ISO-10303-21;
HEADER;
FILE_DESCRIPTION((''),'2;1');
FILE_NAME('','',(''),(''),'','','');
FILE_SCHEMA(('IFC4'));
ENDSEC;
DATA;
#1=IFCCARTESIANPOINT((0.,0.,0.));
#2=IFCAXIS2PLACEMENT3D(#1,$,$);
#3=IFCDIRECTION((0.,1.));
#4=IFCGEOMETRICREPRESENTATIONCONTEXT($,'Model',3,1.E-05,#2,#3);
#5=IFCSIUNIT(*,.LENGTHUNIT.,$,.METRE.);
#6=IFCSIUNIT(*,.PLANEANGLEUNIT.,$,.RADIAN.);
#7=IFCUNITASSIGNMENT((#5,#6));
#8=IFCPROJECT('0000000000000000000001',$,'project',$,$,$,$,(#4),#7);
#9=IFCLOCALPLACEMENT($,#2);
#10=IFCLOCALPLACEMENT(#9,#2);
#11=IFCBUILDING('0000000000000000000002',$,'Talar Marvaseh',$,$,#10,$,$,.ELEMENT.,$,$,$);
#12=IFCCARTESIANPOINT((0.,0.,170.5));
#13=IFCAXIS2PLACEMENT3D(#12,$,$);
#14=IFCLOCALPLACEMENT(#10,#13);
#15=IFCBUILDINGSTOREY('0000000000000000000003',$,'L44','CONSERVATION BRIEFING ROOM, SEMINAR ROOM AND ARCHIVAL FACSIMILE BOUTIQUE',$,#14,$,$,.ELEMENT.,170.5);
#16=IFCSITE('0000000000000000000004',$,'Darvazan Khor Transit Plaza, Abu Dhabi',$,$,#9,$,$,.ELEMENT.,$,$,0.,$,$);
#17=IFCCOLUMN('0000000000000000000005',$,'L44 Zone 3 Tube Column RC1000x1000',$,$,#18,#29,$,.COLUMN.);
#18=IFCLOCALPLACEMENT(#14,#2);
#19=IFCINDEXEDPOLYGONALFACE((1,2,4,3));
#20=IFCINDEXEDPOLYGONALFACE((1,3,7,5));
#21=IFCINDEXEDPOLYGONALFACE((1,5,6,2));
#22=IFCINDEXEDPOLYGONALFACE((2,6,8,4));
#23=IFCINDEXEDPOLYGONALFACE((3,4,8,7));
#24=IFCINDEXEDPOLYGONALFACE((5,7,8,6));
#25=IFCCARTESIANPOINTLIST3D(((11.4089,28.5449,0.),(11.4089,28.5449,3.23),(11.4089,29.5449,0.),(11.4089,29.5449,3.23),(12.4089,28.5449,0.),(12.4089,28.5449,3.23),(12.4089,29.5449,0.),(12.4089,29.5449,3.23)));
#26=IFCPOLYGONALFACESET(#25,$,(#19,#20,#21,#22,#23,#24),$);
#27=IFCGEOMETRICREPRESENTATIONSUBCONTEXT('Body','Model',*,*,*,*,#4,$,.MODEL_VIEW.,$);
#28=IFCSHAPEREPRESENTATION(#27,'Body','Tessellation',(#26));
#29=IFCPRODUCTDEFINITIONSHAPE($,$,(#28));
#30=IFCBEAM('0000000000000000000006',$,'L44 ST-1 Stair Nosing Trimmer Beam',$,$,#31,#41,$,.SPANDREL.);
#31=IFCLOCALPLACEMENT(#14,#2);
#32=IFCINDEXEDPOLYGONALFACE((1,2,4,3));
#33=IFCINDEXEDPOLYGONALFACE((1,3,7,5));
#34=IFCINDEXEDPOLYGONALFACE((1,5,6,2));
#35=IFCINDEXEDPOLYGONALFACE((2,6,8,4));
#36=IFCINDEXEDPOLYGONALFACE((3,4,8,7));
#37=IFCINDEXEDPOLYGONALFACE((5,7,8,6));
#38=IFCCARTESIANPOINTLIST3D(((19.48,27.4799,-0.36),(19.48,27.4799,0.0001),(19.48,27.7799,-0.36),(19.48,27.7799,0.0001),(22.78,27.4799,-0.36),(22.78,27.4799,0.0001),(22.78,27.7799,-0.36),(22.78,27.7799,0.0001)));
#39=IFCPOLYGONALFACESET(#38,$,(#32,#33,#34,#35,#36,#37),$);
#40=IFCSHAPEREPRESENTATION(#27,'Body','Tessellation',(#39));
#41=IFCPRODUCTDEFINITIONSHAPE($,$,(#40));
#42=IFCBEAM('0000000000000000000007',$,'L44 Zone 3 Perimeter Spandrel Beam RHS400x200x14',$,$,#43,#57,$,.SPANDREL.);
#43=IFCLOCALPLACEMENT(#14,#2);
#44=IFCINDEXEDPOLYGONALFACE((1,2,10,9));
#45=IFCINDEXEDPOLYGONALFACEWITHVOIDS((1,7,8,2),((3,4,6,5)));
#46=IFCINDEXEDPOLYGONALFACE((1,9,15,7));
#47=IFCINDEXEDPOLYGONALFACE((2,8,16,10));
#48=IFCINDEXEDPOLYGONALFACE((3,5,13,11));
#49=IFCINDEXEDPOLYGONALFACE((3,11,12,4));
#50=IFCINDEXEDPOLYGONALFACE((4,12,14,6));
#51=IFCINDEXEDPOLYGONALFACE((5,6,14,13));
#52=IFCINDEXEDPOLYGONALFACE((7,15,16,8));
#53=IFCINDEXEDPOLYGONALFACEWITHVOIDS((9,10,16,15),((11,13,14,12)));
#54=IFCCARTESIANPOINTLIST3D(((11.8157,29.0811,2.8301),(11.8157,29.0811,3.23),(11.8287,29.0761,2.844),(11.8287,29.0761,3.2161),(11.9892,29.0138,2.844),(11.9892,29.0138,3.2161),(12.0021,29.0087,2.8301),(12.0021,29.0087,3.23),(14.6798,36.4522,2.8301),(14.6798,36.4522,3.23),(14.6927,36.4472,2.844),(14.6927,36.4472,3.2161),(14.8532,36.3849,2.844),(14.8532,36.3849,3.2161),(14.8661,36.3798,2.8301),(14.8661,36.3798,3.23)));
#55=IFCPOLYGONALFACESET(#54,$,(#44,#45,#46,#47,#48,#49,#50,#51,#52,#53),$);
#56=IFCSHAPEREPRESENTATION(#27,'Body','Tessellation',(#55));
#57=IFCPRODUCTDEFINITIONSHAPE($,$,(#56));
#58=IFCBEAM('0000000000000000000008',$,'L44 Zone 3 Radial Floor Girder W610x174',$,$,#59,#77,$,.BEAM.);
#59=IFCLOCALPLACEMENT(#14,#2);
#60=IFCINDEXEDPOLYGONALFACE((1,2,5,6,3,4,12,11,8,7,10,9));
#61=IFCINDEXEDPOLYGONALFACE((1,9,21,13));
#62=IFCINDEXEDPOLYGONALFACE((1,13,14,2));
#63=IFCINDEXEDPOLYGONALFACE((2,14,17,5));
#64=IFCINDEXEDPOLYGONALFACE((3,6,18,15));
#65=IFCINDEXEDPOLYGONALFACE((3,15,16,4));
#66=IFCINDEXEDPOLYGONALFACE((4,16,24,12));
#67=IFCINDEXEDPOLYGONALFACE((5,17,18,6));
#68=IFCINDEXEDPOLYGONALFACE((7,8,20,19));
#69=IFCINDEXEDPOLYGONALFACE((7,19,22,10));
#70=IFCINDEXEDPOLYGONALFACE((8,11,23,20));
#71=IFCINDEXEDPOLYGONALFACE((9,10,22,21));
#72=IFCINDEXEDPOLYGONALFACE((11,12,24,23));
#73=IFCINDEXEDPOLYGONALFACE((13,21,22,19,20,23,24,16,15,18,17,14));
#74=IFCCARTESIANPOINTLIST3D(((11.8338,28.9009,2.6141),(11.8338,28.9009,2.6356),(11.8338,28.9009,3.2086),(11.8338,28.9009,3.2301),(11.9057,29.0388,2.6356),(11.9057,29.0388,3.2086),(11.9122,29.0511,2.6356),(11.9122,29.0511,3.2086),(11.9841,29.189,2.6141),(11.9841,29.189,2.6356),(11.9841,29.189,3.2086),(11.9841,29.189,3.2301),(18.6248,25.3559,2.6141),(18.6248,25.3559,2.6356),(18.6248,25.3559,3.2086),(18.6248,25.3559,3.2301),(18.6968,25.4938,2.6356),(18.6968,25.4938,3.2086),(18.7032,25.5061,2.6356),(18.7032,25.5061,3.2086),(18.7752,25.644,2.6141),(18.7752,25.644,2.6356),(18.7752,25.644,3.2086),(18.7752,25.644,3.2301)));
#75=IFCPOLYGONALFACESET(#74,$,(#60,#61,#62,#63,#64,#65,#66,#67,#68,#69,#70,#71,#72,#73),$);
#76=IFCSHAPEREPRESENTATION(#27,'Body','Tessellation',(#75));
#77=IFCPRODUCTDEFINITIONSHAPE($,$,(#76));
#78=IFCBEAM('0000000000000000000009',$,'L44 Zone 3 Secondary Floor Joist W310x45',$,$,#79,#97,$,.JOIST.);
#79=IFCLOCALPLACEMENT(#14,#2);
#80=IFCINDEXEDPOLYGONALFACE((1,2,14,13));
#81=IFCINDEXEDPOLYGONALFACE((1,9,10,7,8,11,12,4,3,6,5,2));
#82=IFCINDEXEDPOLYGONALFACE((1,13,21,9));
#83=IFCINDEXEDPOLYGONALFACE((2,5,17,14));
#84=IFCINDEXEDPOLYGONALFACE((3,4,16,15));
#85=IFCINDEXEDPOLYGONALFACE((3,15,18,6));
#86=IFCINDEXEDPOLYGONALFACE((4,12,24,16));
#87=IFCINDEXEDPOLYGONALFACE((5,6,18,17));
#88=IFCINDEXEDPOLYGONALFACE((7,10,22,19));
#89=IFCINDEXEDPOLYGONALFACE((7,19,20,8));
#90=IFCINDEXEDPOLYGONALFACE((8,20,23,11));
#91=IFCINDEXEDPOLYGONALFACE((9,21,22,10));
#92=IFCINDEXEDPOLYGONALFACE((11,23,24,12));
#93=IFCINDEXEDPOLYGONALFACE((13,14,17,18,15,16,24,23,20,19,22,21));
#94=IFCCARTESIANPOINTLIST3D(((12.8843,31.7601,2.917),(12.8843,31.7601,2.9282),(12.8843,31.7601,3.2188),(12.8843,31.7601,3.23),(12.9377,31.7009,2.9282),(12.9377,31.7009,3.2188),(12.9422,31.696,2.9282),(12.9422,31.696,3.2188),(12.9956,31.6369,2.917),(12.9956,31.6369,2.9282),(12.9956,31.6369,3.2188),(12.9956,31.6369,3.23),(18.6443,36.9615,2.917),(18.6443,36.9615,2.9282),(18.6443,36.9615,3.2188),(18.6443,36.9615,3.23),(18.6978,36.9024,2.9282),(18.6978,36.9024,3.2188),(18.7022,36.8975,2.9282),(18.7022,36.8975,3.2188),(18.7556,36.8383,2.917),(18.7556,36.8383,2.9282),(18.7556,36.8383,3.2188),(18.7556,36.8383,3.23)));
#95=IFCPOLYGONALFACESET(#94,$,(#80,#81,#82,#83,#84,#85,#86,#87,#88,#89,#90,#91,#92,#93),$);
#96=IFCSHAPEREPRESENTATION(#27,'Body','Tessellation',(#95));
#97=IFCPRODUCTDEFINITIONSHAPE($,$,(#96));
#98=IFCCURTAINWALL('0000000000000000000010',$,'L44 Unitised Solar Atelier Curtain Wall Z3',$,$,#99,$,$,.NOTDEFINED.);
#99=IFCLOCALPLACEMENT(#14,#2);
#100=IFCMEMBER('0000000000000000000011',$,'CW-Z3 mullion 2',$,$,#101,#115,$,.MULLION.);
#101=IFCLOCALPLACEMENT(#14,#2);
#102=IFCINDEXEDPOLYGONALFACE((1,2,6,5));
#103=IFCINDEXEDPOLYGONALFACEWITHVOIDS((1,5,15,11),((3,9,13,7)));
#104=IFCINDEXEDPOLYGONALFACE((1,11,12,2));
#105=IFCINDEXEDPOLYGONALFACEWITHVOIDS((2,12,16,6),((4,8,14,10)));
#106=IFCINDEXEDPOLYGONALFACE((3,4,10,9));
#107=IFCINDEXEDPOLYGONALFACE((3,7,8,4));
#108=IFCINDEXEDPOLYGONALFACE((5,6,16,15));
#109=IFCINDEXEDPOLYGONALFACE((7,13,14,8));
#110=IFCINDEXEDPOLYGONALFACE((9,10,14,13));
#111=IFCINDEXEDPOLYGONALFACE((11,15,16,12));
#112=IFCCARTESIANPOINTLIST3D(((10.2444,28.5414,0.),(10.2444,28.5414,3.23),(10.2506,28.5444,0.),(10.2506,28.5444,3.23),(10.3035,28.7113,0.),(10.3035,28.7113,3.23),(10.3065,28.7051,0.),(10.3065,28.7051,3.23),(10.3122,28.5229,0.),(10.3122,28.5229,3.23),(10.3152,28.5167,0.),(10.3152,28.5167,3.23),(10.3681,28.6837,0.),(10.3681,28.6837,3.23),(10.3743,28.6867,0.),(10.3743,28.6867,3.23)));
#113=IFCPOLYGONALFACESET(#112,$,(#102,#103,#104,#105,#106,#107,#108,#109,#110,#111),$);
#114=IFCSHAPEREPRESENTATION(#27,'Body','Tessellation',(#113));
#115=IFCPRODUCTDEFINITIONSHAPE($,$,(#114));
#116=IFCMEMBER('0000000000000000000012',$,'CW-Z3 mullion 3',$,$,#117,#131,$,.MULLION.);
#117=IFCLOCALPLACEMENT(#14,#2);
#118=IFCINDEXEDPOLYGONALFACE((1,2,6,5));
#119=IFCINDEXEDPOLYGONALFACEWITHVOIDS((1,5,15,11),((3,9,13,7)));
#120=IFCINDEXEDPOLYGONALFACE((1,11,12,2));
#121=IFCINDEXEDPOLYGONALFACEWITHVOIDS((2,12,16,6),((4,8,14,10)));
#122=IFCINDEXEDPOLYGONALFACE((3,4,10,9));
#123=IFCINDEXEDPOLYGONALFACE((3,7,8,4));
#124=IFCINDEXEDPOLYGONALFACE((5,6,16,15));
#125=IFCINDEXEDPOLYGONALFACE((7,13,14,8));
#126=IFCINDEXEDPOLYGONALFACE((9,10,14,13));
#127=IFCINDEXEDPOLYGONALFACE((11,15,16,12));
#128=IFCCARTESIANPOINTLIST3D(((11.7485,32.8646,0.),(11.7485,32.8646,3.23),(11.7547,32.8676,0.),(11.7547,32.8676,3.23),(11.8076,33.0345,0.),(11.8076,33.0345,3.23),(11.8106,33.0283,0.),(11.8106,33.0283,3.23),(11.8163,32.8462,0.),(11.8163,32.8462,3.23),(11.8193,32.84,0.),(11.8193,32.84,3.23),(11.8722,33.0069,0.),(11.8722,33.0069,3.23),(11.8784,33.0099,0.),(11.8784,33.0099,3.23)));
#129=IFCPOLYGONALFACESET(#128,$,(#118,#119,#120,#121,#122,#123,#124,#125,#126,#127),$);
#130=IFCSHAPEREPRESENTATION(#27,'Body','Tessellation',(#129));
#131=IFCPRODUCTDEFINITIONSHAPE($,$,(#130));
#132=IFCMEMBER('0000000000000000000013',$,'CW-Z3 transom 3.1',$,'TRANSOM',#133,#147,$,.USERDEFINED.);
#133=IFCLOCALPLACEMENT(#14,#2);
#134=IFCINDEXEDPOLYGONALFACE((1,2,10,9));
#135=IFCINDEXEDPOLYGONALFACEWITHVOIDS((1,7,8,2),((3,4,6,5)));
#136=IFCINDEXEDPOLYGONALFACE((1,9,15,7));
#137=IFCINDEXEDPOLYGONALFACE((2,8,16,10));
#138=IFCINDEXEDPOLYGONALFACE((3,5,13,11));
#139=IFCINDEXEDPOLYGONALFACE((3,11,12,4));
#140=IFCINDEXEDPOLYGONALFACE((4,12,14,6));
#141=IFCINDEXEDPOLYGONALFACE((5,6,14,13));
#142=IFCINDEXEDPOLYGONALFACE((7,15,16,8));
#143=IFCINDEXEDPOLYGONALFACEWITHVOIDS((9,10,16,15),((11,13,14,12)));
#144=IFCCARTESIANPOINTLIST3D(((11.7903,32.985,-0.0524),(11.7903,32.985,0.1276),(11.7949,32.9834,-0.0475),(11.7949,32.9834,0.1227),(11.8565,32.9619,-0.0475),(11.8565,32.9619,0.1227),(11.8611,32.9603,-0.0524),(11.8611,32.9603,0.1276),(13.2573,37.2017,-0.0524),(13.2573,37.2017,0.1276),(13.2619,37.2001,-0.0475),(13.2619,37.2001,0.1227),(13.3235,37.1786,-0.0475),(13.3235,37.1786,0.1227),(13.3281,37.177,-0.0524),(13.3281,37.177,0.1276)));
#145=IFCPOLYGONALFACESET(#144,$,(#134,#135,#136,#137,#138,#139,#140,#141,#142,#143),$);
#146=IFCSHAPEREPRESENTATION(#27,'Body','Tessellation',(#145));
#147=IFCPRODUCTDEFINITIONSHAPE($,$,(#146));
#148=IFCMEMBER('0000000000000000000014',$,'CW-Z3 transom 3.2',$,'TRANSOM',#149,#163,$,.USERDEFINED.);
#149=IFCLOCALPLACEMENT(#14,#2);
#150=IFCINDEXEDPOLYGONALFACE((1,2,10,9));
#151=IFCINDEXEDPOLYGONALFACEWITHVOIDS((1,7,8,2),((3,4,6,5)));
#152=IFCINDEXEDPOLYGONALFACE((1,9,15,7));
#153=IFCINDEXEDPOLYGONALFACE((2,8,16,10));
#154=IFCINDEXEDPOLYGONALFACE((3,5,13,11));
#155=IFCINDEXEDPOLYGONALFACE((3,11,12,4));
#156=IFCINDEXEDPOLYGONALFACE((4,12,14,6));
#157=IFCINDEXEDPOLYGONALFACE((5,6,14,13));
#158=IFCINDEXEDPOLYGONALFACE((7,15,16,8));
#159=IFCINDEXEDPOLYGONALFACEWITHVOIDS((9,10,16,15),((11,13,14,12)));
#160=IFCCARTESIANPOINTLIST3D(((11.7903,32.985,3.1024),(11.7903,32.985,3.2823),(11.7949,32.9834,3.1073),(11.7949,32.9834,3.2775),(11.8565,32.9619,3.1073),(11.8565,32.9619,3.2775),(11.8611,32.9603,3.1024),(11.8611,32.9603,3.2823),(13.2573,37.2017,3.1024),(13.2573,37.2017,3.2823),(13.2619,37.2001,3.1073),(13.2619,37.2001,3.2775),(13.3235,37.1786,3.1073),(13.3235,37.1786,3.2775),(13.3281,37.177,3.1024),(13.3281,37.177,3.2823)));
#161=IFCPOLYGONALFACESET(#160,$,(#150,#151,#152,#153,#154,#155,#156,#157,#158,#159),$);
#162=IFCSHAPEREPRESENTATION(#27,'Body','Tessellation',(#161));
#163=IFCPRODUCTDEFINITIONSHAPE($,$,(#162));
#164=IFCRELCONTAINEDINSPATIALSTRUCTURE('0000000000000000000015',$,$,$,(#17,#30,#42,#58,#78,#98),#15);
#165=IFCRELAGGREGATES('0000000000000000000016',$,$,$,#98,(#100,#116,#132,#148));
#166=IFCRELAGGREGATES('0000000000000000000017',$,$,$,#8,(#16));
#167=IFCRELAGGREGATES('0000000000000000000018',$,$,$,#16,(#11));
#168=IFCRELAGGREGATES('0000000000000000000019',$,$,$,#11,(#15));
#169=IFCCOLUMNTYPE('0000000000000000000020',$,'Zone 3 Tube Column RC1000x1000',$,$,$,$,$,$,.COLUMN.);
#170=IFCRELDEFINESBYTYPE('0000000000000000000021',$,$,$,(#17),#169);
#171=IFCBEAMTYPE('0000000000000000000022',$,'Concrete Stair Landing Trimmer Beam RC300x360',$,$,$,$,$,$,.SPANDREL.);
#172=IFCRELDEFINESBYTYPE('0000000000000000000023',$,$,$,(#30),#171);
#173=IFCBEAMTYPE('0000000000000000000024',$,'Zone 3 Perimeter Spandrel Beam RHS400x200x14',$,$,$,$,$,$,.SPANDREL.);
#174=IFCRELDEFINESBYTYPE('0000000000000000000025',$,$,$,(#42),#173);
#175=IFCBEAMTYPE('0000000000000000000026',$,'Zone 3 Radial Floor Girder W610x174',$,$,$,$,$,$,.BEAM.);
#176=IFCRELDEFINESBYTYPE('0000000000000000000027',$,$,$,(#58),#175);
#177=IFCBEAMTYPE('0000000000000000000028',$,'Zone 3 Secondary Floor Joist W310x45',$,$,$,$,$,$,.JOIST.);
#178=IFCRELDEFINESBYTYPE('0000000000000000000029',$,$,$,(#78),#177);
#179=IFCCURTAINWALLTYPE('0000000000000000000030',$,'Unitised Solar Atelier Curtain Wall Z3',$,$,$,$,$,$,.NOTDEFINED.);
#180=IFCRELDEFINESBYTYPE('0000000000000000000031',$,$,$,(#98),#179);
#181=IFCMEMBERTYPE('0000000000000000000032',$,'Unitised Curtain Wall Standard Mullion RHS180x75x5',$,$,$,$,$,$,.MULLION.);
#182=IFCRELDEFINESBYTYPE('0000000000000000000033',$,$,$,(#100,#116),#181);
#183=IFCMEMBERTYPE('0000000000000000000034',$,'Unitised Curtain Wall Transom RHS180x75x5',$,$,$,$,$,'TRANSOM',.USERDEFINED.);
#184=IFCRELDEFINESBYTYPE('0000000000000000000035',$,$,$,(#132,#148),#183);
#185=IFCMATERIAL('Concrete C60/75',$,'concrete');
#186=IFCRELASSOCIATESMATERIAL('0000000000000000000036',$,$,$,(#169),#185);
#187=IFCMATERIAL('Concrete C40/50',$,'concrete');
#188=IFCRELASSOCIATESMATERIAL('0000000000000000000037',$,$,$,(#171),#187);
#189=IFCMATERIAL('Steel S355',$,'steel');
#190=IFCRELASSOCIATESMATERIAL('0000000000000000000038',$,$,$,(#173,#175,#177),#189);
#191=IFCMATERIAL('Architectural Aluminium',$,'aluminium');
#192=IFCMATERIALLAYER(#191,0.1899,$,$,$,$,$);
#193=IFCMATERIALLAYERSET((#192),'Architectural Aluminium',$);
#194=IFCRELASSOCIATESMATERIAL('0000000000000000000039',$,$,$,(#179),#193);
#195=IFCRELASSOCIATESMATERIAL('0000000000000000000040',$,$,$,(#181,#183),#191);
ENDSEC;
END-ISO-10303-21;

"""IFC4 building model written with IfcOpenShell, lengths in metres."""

from ifc_helpers import new_model, si_unit, direction, frame, origin, origin_2d, place, context, subcontext, project, spatial, rectangle, hollow_rectangle, i_section, extrude, source, transform, mapped, material, layer, layer_set, material_profile, profile_set, type_object, type_shapes, element, aggregate, save


model = new_model("IFC4")

# Units and contexts
model_context = context("Model", 3, precision=1e-05, world=origin(), true_north=direction((0.0, 1.0)))
body_context = subcontext(model_context, "Body", "Model", "MODEL_VIEW")
ifc_project = project(units=[si_unit("LENGTHUNIT", "METRE"), si_unit("PLANEANGLEUNIT", "RADIAN")], contexts=[model_context])

# Site, building, storey
site_placement = place(None, origin())
site = spatial("IfcSite", under=ifc_project, at=site_placement, Name="Darvazan Khor Transit Plaza, Abu Dhabi", CompositionType="ELEMENT", RefElevation=0.0)
building_placement = place(site_placement, origin())
building = spatial("IfcBuilding", under=site, at=building_placement, Name="Talar Marvaseh", CompositionType="ELEMENT")
storey_placement = place(building_placement, frame((0.0, 0.0, 170.5)))
storey = spatial("IfcBuildingStorey", under=building, at=storey_placement, Name="L44", Description="CONSERVATION BRIEFING ROOM, SEMINAR ROOM AND ARCHIVAL FACSIMILE BOUTIQUE", CompositionType="ELEMENT", Elevation=170.5)

# Column
ifc_material_1 = material(Name="Concrete C60/75", Category="concrete")
ifc_material_profile_1 = material_profile(ifc_material_1, rectangle(XDim=1.0, YDim=1.0, at=origin_2d()), Name="RC1000x1000")
ifc_profile_set_1 = profile_set([ifc_material_profile_1], Name="Concrete C60/75")
column_type = type_object("IfcColumnType", Name="Zone 3 Tube Column RC1000x1000", PredefinedType="COLUMN", material=ifc_profile_set_1)
column_placement = place(storey_placement, frame((11.9089, 29.0449, 0.0), z_axis=(0.0, 0.0, 1.0), x_axis=(1.0, 0.0, 0.0)))
element("IfcColumn", 1, at=column_placement, inside=storey, type_object=column_type, Name="L44 Zone 3 Tube Column RC1000x1000", PredefinedType="COLUMN", context=body_context, shape_type="SweptSolid", body=[
    extrude(rectangle(XDim=1.0, YDim=1.0, at=origin_2d()), origin(), (0.0, 0.0, 1.0), 3.23),
])

# Beams
ifc_material_2 = material(Name="Concrete C40/50", Category="concrete")
ifc_material_profile_2 = material_profile(ifc_material_2, rectangle(XDim=0.3, YDim=0.3601, at=origin_2d()), Name="RC300x360")
ifc_profile_set_2 = profile_set([ifc_material_profile_2], Name="Concrete C40/50")
beam_type_1 = type_object("IfcBeamType", Name="Concrete Stair Landing Trimmer Beam RC300x360", PredefinedType="SPANDREL", material=ifc_profile_set_2)
beam_1_placement = place(storey_placement, frame((22.78, 27.6299, -0.1799), z_axis=(-1.0, 0.0, 0.0), x_axis=(0.0, -1.0, 0.0)))
element("IfcBeam", 2, at=beam_1_placement, inside=storey, type_object=beam_type_1, Name="L44 ST-1 Stair Nosing Trimmer Beam", PredefinedType="SPANDREL", context=body_context, shape_type="SweptSolid", body=[
    extrude(rectangle(XDim=0.3, YDim=0.3601, at=origin_2d()), origin(), (0.0, 0.0, 1.0), 3.3),
])
ifc_material_3 = material(Name="Steel S355", Category="steel")
ifc_material_profile_3 = material_profile(ifc_material_3, hollow_rectangle(XDim=0.2, YDim=0.3999, WallThickness=0.0139, at=origin_2d()), Name="RHS400x200x14")
ifc_profile_set_3 = profile_set([ifc_material_profile_3], Name="Steel S355")
beam_type_2 = type_object("IfcBeamType", Name="Zone 3 Perimeter Spandrel Beam RHS400x200x14", PredefinedType="SPANDREL", material=ifc_profile_set_3)
beam_2_placement = place(storey_placement, frame((11.9089, 29.0449, 3.03), z_axis=(0.362169, 0.932112, 0.0), x_axis=(-0.932112, 0.362169, 0.0)))
element("IfcBeam", 3, at=beam_2_placement, inside=storey, type_object=beam_type_2, Name="L44 Zone 3 Perimeter Spandrel Beam RHS400x200x14", PredefinedType="SPANDREL", context=body_context, shape_type="SweptSolid", body=[
    extrude(hollow_rectangle(XDim=0.2, YDim=0.3999, WallThickness=0.0139, at=origin_2d()), origin(), (0.0, 0.0, 1.0), 7.908),
])
ifc_material_profile_4 = material_profile(ifc_material_3, i_section(OverallWidth=0.325, OverallDepth=0.616, WebThickness=0.0139, FlangeThickness=0.0215, at=origin_2d()), Name="W610x174")
ifc_profile_set_4 = profile_set([ifc_material_profile_4], Name="Steel S355")
beam_type_3 = type_object("IfcBeamType", Name="Zone 3 Radial Floor Girder W610x174", PredefinedType="BEAM", material=ifc_profile_set_4)
beam_3_placement = place(storey_placement, frame((11.9089, 29.0449, 2.9221), z_axis=(0.886489, -0.462749, 0.0), x_axis=(0.462749, 0.886489, 0.0)))
element("IfcBeam", 4, at=beam_3_placement, inside=storey, type_object=beam_type_3, Name="L44 Zone 3 Radial Floor Girder W610x174", PredefinedType="BEAM", context=body_context, shape_type="SweptSolid", body=[
    extrude(i_section(OverallWidth=0.325, OverallDepth=0.616, WebThickness=0.0139, FlangeThickness=0.0215, at=origin_2d()), origin(), (0.0, 0.0, 1.0), 7.6606),
])
ifc_material_profile_5 = material_profile(ifc_material_3, i_section(OverallWidth=0.166, OverallDepth=0.313, WebThickness=0.0066, FlangeThickness=0.0112, at=origin_2d()), Name="W310x45")
ifc_profile_set_5 = profile_set([ifc_material_profile_5], Name="Steel S355")
beam_type_4 = type_object("IfcBeamType", Name="Zone 3 Secondary Floor Joist W310x45", PredefinedType="JOIST", material=ifc_profile_set_5)
beam_4_placement = place(storey_placement, frame((12.9399, 31.6985, 3.0735), z_axis=(0.742178, 0.670203, 0.0), x_axis=(-0.670203, 0.742178, 0.0)))
element("IfcBeam", 5, at=beam_4_placement, inside=storey, type_object=beam_type_4, Name="L44 Zone 3 Secondary Floor Joist W310x45", PredefinedType="JOIST", context=body_context, shape_type="SweptSolid", body=[
    extrude(i_section(OverallWidth=0.166, OverallDepth=0.313, WebThickness=0.0066, FlangeThickness=0.0112, at=origin_2d()), origin(), (0.0, 0.0, 1.0), 7.761),
])

# Curtain wall, members
ifc_material_4 = material(Name="Architectural Aluminium", Category="aluminium")
ifc_layer_1 = layer(ifc_material_4, 0.1899)
ifc_layer_set_1 = layer_set([ifc_layer_1], Name="Architectural Aluminium")
curtain_wall_type = type_object("IfcCurtainWallType", Name="Unitised Solar Atelier Curtain Wall Z3", PredefinedType="NOTDEFINED", material=ifc_layer_set_1)
curtain_wall_placement = place(storey_placement, origin())
curtain_wall = element("IfcCurtainWall", 6, at=curtain_wall_placement, inside=storey, type_object=curtain_wall_type, Name="L44 Unitised Solar Atelier Curtain Wall Z3", PredefinedType="NOTDEFINED")
ifc_material_profile_6 = material_profile(ifc_material_4, hollow_rectangle(XDim=0.075, YDim=0.1799, WallThickness=0.0049, at=origin_2d()), Name="RHS180x75x5")
ifc_profile_set_6 = profile_set([ifc_material_profile_6], Name="Architectural Aluminium")
member_type_1 = type_object("IfcMemberType", Name="Unitised Curtain Wall Standard Mullion RHS180x75x5", PredefinedType="MULLION", material=ifc_profile_set_6)
shared_shape_1 = source(origin(), body_context, "Body", "SweptSolid", [
    extrude(hollow_rectangle(XDim=0.075, YDim=0.1799, WallThickness=0.0049, at=origin_2d()), origin(), (0.0, 0.0, 1.0), 3.23),
])
type_shapes(member_type_1, [shared_shape_1])
member_1_placement = place(storey_placement, frame((10.3093, 28.614, 0.0), z_axis=(0.0, 0.0, 1.0), x_axis=(-0.944481, 0.328566, 0.0)))
member_1 = element("IfcMember", 7, at=member_1_placement, type_object=member_type_1, Name="CW-Z3 mullion 2", PredefinedType="MULLION", context=body_context, shape_type="MappedRepresentation", body=[
    mapped(shared_shape_1, transform((0.0, 0.0, 0.0), x_axis=(1.0, 0.0, 0.0), y_axis=(0.0, 1.0, 0.0), z_axis=(0.0, 0.0, 1.0), scale=1.0)),
])
member_2_placement = place(storey_placement, frame((11.8135, 32.9373, 0.0), z_axis=(0.0, 0.0, 1.0), x_axis=(-0.944481, 0.328566, 0.0)))
member_2 = element("IfcMember", 8, at=member_2_placement, type_object=member_type_1, Name="CW-Z3 mullion 3", PredefinedType="MULLION", context=body_context, shape_type="MappedRepresentation", body=[
    mapped(shared_shape_1, transform((0.0, 0.0, 0.0), x_axis=(1.0, 0.0, 0.0), y_axis=(0.0, 1.0, 0.0), z_axis=(0.0, 0.0, 1.0), scale=1.0)),
])
ifc_material_profile_7 = material_profile(ifc_material_4, hollow_rectangle(XDim=0.075, YDim=0.1799, WallThickness=0.0049, at=origin_2d()), Name="RHS180x75x5")
ifc_profile_set_7 = profile_set([ifc_material_profile_7], Name="Architectural Aluminium")
member_type_2 = type_object("IfcMemberType", Name="Unitised Curtain Wall Transom RHS180x75x5", ElementType="TRANSOM", PredefinedType="USERDEFINED", material=ifc_profile_set_7)
shared_shape_2 = source(origin(), body_context, "Body", "SweptSolid", [
    extrude(hollow_rectangle(XDim=0.075, YDim=0.1799, WallThickness=0.0049, at=origin_2d()), origin(), (0.0, 0.0, 1.0), 4.4646),
])
member_3_placement = place(storey_placement, frame((11.8257, 32.9727, 0.0376), z_axis=(0.328586, 0.944474, 0.0), x_axis=(-0.944474, 0.328586, 0.0)))
member_3 = element("IfcMember", 9, at=member_3_placement, type_object=member_type_2, Name="CW-Z3 transom 3.1", ObjectType="TRANSOM", PredefinedType="USERDEFINED", context=body_context, shape_type="MappedRepresentation", body=[
    mapped(shared_shape_2, transform((0.0, 0.0, 0.0), x_axis=(1.0, 0.0, 0.0), y_axis=(0.0, 1.0, 0.0), z_axis=(0.0, 0.0, 1.0), scale=1.0)),
])
member_4_placement = place(storey_placement, frame((11.8257, 32.9727, 3.1924), z_axis=(0.328586, 0.944474, 0.0), x_axis=(-0.944474, 0.328586, 0.0)))
member_4 = element("IfcMember", 10, at=member_4_placement, type_object=member_type_2, Name="CW-Z3 transom 3.2", ObjectType="TRANSOM", PredefinedType="USERDEFINED", context=body_context, shape_type="MappedRepresentation", body=[
    mapped(shared_shape_2, transform((0.0, 0.0, 0.0), x_axis=(1.0, 0.0, 0.0), y_axis=(0.0, 1.0, 0.0), z_axis=(0.0, 0.0, 1.0), scale=1.0)),
])
aggregate(curtain_wall, [member_1, member_2, member_3, member_4])

save(model, "model.ifc")
